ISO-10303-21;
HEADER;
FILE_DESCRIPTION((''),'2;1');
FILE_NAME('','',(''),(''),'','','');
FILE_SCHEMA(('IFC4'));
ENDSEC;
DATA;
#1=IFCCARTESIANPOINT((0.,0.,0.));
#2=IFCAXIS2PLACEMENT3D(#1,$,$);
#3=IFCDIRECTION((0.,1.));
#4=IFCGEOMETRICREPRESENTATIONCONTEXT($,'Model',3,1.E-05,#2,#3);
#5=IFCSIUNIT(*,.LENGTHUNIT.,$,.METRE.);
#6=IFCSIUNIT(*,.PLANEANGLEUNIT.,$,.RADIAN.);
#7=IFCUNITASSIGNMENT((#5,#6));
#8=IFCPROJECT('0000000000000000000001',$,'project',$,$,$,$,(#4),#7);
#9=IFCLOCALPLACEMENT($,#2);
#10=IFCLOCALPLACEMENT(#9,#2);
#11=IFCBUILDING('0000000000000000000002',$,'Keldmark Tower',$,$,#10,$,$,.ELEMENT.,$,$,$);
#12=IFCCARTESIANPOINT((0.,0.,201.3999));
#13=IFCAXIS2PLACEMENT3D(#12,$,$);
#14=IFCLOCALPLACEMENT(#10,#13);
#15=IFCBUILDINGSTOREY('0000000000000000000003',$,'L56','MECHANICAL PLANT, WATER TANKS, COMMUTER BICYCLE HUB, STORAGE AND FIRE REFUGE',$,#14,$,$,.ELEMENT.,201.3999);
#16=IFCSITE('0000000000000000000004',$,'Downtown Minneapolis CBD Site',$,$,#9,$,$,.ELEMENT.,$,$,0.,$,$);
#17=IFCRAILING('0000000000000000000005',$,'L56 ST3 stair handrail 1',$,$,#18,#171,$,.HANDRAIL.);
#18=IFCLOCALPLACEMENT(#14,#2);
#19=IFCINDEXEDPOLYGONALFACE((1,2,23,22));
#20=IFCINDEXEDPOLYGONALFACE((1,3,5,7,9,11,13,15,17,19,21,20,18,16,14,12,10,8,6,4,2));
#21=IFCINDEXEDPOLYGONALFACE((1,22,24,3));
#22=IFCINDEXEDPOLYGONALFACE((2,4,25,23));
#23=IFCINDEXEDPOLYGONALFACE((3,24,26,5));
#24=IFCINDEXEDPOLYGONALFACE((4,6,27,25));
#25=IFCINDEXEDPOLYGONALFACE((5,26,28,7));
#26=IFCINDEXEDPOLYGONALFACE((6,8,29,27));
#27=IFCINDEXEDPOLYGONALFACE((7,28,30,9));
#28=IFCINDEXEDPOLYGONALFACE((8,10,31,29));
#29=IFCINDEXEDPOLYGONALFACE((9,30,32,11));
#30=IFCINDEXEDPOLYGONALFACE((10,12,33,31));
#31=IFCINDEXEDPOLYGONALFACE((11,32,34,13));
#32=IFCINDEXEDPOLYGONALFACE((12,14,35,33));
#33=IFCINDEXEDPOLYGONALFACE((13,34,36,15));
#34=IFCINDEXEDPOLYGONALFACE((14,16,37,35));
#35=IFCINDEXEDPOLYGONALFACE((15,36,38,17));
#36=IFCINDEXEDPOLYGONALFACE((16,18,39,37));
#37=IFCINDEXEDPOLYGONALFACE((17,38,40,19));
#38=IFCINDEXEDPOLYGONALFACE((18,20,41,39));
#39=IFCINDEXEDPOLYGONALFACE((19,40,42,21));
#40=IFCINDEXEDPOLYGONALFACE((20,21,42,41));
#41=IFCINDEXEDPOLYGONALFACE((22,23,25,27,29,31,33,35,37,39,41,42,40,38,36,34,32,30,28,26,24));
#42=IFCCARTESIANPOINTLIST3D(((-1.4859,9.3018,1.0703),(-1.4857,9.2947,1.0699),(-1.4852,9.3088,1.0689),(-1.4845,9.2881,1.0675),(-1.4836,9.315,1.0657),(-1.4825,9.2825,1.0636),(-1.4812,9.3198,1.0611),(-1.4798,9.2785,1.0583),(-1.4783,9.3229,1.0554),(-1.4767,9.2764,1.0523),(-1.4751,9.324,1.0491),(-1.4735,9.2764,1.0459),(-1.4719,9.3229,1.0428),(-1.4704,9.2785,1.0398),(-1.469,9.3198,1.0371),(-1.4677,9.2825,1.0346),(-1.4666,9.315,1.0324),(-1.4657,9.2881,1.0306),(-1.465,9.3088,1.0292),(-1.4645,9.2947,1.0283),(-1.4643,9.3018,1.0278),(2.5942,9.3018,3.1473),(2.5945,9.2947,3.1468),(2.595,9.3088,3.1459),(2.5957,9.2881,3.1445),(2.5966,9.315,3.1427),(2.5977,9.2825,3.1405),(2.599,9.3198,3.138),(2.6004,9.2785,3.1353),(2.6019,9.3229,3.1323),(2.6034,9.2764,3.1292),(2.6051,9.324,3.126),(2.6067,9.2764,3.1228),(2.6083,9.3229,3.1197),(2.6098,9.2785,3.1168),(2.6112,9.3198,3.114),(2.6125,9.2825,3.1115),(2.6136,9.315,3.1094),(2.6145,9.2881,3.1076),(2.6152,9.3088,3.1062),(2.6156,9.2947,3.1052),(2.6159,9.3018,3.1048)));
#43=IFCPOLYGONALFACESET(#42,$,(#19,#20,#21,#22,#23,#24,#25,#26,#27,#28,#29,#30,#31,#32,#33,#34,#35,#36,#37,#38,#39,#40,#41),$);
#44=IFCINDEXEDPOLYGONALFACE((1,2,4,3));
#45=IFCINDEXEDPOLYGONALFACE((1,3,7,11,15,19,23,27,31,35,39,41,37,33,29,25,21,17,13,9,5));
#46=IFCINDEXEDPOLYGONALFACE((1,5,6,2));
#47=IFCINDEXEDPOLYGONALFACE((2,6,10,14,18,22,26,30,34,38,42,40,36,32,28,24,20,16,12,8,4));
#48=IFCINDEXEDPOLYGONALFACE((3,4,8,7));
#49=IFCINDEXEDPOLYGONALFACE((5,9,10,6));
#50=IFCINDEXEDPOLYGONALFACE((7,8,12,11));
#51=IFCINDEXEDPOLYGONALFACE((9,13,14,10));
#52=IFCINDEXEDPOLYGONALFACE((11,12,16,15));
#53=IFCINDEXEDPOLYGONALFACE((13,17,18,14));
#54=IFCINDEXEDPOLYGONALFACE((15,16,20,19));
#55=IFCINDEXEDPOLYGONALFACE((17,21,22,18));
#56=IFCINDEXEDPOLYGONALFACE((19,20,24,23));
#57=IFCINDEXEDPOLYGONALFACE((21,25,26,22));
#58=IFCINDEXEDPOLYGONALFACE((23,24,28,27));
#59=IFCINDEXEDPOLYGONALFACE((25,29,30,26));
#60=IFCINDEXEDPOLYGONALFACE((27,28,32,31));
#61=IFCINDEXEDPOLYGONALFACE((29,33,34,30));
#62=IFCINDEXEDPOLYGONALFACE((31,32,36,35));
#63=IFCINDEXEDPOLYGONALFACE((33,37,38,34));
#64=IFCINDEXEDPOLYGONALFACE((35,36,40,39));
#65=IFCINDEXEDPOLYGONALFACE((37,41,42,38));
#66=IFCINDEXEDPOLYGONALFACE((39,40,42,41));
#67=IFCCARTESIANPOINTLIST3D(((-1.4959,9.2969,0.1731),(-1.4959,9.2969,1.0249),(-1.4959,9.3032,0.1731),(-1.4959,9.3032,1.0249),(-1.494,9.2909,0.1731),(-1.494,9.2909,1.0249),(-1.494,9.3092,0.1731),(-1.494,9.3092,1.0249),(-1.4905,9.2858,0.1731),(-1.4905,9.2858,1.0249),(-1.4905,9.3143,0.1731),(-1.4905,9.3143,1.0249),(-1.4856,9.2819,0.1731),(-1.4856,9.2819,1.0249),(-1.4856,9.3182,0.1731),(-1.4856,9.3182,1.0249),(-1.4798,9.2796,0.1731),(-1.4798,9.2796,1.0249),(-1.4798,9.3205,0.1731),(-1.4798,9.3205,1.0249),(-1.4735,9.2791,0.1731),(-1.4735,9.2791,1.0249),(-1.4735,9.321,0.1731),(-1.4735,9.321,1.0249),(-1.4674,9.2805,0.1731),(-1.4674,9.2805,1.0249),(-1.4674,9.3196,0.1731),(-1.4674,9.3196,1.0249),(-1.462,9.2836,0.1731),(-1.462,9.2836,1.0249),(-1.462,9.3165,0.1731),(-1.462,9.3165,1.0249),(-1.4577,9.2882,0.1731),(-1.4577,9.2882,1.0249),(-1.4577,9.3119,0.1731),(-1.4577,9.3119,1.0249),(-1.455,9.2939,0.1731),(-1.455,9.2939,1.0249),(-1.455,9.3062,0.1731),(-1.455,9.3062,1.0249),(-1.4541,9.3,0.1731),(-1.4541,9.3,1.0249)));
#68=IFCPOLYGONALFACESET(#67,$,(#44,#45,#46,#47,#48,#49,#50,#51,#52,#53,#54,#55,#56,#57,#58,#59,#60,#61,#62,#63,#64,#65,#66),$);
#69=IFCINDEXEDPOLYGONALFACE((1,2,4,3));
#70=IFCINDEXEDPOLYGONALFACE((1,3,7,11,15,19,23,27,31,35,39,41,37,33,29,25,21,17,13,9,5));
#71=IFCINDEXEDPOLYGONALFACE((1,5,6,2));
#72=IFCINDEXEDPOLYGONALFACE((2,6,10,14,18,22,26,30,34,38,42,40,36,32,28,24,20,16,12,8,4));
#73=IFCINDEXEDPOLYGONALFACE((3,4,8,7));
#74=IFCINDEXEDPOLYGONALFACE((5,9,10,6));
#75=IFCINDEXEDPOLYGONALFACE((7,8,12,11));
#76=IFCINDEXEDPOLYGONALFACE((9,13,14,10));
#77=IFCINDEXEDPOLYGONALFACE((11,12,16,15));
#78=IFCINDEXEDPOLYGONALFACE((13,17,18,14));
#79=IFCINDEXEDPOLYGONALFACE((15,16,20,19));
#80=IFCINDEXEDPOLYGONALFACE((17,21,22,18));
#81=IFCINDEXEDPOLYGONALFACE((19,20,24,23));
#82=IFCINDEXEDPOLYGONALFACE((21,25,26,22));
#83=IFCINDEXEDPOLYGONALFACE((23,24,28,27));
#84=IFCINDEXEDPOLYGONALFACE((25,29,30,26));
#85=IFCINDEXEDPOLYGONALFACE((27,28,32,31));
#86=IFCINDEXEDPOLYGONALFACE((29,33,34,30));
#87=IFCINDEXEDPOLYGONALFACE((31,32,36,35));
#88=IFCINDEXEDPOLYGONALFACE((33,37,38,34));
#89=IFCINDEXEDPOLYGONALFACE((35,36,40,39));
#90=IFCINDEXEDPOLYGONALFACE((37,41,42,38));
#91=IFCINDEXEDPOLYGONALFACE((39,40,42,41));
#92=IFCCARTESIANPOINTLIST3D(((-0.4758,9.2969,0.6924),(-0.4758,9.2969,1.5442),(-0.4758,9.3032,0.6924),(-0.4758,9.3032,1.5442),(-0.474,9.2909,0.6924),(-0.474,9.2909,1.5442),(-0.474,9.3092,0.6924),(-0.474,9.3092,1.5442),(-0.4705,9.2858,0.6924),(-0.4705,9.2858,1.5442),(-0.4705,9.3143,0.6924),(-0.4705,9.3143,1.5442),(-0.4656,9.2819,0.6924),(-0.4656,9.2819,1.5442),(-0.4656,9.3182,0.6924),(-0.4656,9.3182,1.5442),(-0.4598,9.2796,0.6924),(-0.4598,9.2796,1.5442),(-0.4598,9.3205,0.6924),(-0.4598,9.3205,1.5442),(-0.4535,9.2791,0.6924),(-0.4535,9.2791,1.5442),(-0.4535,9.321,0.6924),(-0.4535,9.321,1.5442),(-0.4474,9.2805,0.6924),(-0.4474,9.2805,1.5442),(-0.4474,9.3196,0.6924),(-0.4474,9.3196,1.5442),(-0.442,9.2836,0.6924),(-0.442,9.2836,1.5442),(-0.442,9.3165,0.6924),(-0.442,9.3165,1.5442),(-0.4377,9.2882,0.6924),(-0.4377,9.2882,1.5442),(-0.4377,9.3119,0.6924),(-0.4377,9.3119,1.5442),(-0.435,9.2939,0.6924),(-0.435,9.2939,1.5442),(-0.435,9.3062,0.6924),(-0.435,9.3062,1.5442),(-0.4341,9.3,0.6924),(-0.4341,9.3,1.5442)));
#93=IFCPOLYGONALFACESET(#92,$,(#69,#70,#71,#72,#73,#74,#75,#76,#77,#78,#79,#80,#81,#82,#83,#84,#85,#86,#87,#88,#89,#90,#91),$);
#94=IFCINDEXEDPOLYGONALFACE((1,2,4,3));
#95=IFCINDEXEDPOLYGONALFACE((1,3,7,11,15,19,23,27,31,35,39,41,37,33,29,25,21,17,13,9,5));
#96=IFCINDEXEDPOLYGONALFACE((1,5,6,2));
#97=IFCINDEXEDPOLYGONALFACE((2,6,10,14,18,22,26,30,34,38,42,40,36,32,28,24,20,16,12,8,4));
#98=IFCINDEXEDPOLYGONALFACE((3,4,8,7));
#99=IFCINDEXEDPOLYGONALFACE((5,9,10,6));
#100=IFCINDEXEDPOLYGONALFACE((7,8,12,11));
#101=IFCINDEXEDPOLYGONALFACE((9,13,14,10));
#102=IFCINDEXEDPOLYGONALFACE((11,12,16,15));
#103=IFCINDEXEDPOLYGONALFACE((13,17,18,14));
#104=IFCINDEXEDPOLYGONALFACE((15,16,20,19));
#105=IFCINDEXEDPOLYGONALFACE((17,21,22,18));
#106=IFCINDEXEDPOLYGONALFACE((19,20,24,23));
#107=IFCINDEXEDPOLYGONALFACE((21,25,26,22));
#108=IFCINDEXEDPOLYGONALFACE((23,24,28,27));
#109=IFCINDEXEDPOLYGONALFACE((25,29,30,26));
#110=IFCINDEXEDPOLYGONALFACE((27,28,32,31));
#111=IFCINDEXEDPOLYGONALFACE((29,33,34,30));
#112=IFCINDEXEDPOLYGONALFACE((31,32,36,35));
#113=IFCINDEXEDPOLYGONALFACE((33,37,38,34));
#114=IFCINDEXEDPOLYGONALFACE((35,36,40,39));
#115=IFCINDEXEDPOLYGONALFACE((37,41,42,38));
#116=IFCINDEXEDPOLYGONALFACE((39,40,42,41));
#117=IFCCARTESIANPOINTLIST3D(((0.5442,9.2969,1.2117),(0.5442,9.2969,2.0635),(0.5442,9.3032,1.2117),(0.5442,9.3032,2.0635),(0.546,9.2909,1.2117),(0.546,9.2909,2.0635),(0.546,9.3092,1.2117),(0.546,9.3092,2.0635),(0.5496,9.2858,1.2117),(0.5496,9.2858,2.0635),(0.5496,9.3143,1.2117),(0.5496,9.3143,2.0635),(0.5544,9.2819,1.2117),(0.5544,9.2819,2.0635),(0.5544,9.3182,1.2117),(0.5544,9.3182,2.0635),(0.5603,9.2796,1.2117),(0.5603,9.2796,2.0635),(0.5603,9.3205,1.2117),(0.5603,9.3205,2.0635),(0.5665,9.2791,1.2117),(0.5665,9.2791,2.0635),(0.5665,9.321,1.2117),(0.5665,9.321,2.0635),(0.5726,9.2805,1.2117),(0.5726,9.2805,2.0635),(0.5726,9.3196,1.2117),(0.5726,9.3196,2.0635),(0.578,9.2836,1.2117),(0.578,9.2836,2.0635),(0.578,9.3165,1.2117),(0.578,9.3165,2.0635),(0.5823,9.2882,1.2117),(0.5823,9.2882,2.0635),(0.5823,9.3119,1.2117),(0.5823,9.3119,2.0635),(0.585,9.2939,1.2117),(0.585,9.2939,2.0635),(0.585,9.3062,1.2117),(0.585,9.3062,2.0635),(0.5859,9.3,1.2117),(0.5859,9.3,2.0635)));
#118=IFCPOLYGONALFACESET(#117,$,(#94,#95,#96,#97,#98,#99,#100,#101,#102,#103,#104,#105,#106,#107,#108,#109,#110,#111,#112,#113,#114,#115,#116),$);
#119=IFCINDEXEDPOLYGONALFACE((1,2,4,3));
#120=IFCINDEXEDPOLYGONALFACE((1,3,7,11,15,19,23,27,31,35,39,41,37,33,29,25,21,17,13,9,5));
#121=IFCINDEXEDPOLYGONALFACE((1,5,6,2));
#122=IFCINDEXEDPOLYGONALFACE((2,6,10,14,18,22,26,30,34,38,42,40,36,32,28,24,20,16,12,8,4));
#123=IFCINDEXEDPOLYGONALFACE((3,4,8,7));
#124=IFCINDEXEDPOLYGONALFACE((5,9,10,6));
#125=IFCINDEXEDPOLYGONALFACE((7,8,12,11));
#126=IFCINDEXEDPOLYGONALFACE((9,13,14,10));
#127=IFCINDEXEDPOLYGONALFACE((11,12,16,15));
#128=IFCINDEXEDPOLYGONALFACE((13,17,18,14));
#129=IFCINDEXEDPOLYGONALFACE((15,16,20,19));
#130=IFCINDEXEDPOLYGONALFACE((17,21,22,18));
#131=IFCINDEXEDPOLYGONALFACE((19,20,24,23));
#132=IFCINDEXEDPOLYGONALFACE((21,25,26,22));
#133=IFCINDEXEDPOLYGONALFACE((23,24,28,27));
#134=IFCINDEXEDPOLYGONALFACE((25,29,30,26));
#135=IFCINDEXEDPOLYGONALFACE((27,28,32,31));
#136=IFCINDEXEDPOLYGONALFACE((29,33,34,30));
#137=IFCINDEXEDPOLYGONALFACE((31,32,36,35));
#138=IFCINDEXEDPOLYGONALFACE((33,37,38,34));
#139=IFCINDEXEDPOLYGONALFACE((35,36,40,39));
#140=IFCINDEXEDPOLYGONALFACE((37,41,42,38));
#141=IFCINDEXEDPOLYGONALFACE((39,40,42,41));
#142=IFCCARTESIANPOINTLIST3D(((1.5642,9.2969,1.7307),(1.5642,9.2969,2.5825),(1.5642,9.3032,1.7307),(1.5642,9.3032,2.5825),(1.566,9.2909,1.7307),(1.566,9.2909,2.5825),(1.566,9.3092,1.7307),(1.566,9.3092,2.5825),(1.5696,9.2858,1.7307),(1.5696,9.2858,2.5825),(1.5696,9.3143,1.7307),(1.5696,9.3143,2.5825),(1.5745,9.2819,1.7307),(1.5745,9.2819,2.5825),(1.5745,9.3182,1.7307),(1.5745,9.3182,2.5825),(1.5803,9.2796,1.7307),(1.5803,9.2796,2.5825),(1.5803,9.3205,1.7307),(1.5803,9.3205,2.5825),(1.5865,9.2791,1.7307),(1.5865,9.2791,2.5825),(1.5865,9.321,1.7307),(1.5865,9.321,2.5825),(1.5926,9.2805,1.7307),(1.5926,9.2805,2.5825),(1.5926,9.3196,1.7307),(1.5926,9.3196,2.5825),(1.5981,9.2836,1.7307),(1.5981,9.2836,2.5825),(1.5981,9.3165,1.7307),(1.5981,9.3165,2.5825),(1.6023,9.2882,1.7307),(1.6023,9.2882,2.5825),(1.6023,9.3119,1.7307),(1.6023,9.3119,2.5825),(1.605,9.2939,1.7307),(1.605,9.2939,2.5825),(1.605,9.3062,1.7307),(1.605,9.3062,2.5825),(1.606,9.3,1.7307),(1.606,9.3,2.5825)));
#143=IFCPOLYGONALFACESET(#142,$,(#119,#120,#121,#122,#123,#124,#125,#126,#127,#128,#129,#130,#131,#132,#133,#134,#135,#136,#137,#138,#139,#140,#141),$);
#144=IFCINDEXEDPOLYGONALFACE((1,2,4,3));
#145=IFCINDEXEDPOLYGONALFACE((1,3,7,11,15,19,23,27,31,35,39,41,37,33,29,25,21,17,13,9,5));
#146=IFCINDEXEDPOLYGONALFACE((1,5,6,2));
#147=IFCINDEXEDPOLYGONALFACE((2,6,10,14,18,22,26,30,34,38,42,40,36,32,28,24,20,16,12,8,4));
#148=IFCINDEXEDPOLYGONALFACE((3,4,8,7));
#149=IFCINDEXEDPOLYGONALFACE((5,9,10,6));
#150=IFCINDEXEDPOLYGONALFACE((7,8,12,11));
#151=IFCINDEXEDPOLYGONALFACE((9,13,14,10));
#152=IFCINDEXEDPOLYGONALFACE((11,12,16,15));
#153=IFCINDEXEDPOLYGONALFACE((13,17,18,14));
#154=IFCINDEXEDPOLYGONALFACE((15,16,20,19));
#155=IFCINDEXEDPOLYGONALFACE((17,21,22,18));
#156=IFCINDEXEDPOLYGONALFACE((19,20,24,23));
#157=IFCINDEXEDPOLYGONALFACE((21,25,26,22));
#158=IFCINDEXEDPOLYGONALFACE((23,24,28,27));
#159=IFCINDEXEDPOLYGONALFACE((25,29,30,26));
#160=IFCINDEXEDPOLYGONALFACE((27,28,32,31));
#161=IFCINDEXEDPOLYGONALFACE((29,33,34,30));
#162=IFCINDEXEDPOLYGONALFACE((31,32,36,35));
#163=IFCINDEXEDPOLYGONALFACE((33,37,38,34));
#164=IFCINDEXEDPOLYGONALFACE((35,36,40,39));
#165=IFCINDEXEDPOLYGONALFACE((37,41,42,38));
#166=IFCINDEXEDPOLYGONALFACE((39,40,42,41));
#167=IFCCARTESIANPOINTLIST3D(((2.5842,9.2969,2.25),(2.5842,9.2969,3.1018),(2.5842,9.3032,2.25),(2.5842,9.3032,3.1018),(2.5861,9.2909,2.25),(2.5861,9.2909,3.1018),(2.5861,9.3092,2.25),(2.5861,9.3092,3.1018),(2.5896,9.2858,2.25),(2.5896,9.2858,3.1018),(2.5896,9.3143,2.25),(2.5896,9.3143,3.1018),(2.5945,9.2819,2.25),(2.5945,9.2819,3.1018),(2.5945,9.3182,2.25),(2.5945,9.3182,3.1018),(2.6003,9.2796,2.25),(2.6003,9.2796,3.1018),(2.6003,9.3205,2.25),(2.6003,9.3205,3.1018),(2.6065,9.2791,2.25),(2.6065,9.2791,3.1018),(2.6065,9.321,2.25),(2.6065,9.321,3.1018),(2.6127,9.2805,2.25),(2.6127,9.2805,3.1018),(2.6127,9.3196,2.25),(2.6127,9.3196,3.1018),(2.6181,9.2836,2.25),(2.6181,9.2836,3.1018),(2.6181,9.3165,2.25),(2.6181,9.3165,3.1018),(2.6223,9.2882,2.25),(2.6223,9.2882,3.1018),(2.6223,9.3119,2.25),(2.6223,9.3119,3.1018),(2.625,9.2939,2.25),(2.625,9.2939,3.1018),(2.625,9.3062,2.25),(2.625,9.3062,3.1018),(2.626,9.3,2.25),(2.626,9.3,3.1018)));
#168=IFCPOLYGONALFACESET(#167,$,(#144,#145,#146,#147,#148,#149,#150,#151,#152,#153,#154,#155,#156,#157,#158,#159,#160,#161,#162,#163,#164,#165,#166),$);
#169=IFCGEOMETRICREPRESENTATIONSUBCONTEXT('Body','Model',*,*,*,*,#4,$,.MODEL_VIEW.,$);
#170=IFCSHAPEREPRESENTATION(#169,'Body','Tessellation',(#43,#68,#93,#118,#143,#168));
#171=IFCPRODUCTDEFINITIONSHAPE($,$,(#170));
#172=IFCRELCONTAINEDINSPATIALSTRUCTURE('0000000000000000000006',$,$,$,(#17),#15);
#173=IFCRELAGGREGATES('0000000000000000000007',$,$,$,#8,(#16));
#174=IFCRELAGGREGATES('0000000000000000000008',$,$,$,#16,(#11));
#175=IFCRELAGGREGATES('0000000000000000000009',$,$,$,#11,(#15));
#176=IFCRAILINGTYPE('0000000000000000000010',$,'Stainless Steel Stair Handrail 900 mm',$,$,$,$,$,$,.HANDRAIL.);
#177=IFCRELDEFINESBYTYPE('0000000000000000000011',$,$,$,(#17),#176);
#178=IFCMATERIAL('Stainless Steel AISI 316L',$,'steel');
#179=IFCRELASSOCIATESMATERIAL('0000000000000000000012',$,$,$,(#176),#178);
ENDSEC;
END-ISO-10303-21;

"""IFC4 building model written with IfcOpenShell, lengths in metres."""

from ifc_helpers import new_model, si_unit, direction, frame, origin, origin_2d, place, context, subcontext, project, spatial, circle, extrude, material, type_object, element, save


model = new_model("IFC4")

# Units and contexts
model_context = context("Model", 3, precision=1e-05, world=origin(), true_north=direction((0.0, 1.0)))
body_context = subcontext(model_context, "Body", "Model", "MODEL_VIEW")
ifc_project = project(units=[si_unit("LENGTHUNIT", "METRE"), si_unit("PLANEANGLEUNIT", "RADIAN")], contexts=[model_context])

# Site, building, storey
site_placement = place(None, origin())
site = spatial("IfcSite", under=ifc_project, at=site_placement, Name="Downtown Minneapolis CBD Site", CompositionType="ELEMENT", RefElevation=0.0)
building_placement = place(site_placement, origin())
building = spatial("IfcBuilding", under=site, at=building_placement, Name="Keldmark Tower", CompositionType="ELEMENT")
storey_placement = place(building_placement, frame((0.0, 0.0, 201.3999)))
storey = spatial("IfcBuildingStorey", under=building, at=storey_placement, Name="L56", Description="MECHANICAL PLANT, WATER TANKS, COMMUTER BICYCLE HUB, STORAGE AND FIRE REFUGE", CompositionType="ELEMENT", Elevation=201.3999)

# Railing
ifc_material_1 = material(Name="Stainless Steel AISI 316L", Category="steel")
railing_type = type_object("IfcRailingType", Name="Stainless Steel Stair Handrail 900 mm", PredefinedType="HANDRAIL", material=ifc_material_1)
railing_placement = place(storey_placement, frame((-1.4751, 9.3, 0.1731)))
element("IfcRailing", 1, at=railing_placement, inside=storey, type_object=railing_type, Name="L56 ST3 stair handrail 1", PredefinedType="HANDRAIL", context=body_context, shape_type="SweptSolid", body=[
    extrude(circle(Radius=0.0239, at=origin_2d()), frame((0.0, 0.0, 0.876), z_axis=(0.891183, 0.0, 0.453644), x_axis=(0.0, 1.0, 0.0)), (0.0, 0.0, 1.0), 4.5784),
    extrude(circle(Radius=0.021, at=origin_2d()), origin(), (0.0, 0.0, 1.0), 0.8518),
    extrude(circle(Radius=0.021, at=origin_2d()), frame((1.02, 0.0, 0.5193)), (0.0, 0.0, 1.0), 0.8518),
    extrude(circle(Radius=0.021, at=origin_2d()), frame((2.04, 0.0, 1.0386)), (0.0, 0.0, 1.0), 0.8518),
    extrude(circle(Radius=0.021, at=origin_2d()), frame((3.0601, 0.0, 1.5576)), (0.0, 0.0, 1.0), 0.8518),
    extrude(circle(Radius=0.021, at=origin_2d()), frame((4.0801, 0.0, 2.0769)), (0.0, 0.0, 1.0), 0.8518),
])

save(model, "model.ifc")
